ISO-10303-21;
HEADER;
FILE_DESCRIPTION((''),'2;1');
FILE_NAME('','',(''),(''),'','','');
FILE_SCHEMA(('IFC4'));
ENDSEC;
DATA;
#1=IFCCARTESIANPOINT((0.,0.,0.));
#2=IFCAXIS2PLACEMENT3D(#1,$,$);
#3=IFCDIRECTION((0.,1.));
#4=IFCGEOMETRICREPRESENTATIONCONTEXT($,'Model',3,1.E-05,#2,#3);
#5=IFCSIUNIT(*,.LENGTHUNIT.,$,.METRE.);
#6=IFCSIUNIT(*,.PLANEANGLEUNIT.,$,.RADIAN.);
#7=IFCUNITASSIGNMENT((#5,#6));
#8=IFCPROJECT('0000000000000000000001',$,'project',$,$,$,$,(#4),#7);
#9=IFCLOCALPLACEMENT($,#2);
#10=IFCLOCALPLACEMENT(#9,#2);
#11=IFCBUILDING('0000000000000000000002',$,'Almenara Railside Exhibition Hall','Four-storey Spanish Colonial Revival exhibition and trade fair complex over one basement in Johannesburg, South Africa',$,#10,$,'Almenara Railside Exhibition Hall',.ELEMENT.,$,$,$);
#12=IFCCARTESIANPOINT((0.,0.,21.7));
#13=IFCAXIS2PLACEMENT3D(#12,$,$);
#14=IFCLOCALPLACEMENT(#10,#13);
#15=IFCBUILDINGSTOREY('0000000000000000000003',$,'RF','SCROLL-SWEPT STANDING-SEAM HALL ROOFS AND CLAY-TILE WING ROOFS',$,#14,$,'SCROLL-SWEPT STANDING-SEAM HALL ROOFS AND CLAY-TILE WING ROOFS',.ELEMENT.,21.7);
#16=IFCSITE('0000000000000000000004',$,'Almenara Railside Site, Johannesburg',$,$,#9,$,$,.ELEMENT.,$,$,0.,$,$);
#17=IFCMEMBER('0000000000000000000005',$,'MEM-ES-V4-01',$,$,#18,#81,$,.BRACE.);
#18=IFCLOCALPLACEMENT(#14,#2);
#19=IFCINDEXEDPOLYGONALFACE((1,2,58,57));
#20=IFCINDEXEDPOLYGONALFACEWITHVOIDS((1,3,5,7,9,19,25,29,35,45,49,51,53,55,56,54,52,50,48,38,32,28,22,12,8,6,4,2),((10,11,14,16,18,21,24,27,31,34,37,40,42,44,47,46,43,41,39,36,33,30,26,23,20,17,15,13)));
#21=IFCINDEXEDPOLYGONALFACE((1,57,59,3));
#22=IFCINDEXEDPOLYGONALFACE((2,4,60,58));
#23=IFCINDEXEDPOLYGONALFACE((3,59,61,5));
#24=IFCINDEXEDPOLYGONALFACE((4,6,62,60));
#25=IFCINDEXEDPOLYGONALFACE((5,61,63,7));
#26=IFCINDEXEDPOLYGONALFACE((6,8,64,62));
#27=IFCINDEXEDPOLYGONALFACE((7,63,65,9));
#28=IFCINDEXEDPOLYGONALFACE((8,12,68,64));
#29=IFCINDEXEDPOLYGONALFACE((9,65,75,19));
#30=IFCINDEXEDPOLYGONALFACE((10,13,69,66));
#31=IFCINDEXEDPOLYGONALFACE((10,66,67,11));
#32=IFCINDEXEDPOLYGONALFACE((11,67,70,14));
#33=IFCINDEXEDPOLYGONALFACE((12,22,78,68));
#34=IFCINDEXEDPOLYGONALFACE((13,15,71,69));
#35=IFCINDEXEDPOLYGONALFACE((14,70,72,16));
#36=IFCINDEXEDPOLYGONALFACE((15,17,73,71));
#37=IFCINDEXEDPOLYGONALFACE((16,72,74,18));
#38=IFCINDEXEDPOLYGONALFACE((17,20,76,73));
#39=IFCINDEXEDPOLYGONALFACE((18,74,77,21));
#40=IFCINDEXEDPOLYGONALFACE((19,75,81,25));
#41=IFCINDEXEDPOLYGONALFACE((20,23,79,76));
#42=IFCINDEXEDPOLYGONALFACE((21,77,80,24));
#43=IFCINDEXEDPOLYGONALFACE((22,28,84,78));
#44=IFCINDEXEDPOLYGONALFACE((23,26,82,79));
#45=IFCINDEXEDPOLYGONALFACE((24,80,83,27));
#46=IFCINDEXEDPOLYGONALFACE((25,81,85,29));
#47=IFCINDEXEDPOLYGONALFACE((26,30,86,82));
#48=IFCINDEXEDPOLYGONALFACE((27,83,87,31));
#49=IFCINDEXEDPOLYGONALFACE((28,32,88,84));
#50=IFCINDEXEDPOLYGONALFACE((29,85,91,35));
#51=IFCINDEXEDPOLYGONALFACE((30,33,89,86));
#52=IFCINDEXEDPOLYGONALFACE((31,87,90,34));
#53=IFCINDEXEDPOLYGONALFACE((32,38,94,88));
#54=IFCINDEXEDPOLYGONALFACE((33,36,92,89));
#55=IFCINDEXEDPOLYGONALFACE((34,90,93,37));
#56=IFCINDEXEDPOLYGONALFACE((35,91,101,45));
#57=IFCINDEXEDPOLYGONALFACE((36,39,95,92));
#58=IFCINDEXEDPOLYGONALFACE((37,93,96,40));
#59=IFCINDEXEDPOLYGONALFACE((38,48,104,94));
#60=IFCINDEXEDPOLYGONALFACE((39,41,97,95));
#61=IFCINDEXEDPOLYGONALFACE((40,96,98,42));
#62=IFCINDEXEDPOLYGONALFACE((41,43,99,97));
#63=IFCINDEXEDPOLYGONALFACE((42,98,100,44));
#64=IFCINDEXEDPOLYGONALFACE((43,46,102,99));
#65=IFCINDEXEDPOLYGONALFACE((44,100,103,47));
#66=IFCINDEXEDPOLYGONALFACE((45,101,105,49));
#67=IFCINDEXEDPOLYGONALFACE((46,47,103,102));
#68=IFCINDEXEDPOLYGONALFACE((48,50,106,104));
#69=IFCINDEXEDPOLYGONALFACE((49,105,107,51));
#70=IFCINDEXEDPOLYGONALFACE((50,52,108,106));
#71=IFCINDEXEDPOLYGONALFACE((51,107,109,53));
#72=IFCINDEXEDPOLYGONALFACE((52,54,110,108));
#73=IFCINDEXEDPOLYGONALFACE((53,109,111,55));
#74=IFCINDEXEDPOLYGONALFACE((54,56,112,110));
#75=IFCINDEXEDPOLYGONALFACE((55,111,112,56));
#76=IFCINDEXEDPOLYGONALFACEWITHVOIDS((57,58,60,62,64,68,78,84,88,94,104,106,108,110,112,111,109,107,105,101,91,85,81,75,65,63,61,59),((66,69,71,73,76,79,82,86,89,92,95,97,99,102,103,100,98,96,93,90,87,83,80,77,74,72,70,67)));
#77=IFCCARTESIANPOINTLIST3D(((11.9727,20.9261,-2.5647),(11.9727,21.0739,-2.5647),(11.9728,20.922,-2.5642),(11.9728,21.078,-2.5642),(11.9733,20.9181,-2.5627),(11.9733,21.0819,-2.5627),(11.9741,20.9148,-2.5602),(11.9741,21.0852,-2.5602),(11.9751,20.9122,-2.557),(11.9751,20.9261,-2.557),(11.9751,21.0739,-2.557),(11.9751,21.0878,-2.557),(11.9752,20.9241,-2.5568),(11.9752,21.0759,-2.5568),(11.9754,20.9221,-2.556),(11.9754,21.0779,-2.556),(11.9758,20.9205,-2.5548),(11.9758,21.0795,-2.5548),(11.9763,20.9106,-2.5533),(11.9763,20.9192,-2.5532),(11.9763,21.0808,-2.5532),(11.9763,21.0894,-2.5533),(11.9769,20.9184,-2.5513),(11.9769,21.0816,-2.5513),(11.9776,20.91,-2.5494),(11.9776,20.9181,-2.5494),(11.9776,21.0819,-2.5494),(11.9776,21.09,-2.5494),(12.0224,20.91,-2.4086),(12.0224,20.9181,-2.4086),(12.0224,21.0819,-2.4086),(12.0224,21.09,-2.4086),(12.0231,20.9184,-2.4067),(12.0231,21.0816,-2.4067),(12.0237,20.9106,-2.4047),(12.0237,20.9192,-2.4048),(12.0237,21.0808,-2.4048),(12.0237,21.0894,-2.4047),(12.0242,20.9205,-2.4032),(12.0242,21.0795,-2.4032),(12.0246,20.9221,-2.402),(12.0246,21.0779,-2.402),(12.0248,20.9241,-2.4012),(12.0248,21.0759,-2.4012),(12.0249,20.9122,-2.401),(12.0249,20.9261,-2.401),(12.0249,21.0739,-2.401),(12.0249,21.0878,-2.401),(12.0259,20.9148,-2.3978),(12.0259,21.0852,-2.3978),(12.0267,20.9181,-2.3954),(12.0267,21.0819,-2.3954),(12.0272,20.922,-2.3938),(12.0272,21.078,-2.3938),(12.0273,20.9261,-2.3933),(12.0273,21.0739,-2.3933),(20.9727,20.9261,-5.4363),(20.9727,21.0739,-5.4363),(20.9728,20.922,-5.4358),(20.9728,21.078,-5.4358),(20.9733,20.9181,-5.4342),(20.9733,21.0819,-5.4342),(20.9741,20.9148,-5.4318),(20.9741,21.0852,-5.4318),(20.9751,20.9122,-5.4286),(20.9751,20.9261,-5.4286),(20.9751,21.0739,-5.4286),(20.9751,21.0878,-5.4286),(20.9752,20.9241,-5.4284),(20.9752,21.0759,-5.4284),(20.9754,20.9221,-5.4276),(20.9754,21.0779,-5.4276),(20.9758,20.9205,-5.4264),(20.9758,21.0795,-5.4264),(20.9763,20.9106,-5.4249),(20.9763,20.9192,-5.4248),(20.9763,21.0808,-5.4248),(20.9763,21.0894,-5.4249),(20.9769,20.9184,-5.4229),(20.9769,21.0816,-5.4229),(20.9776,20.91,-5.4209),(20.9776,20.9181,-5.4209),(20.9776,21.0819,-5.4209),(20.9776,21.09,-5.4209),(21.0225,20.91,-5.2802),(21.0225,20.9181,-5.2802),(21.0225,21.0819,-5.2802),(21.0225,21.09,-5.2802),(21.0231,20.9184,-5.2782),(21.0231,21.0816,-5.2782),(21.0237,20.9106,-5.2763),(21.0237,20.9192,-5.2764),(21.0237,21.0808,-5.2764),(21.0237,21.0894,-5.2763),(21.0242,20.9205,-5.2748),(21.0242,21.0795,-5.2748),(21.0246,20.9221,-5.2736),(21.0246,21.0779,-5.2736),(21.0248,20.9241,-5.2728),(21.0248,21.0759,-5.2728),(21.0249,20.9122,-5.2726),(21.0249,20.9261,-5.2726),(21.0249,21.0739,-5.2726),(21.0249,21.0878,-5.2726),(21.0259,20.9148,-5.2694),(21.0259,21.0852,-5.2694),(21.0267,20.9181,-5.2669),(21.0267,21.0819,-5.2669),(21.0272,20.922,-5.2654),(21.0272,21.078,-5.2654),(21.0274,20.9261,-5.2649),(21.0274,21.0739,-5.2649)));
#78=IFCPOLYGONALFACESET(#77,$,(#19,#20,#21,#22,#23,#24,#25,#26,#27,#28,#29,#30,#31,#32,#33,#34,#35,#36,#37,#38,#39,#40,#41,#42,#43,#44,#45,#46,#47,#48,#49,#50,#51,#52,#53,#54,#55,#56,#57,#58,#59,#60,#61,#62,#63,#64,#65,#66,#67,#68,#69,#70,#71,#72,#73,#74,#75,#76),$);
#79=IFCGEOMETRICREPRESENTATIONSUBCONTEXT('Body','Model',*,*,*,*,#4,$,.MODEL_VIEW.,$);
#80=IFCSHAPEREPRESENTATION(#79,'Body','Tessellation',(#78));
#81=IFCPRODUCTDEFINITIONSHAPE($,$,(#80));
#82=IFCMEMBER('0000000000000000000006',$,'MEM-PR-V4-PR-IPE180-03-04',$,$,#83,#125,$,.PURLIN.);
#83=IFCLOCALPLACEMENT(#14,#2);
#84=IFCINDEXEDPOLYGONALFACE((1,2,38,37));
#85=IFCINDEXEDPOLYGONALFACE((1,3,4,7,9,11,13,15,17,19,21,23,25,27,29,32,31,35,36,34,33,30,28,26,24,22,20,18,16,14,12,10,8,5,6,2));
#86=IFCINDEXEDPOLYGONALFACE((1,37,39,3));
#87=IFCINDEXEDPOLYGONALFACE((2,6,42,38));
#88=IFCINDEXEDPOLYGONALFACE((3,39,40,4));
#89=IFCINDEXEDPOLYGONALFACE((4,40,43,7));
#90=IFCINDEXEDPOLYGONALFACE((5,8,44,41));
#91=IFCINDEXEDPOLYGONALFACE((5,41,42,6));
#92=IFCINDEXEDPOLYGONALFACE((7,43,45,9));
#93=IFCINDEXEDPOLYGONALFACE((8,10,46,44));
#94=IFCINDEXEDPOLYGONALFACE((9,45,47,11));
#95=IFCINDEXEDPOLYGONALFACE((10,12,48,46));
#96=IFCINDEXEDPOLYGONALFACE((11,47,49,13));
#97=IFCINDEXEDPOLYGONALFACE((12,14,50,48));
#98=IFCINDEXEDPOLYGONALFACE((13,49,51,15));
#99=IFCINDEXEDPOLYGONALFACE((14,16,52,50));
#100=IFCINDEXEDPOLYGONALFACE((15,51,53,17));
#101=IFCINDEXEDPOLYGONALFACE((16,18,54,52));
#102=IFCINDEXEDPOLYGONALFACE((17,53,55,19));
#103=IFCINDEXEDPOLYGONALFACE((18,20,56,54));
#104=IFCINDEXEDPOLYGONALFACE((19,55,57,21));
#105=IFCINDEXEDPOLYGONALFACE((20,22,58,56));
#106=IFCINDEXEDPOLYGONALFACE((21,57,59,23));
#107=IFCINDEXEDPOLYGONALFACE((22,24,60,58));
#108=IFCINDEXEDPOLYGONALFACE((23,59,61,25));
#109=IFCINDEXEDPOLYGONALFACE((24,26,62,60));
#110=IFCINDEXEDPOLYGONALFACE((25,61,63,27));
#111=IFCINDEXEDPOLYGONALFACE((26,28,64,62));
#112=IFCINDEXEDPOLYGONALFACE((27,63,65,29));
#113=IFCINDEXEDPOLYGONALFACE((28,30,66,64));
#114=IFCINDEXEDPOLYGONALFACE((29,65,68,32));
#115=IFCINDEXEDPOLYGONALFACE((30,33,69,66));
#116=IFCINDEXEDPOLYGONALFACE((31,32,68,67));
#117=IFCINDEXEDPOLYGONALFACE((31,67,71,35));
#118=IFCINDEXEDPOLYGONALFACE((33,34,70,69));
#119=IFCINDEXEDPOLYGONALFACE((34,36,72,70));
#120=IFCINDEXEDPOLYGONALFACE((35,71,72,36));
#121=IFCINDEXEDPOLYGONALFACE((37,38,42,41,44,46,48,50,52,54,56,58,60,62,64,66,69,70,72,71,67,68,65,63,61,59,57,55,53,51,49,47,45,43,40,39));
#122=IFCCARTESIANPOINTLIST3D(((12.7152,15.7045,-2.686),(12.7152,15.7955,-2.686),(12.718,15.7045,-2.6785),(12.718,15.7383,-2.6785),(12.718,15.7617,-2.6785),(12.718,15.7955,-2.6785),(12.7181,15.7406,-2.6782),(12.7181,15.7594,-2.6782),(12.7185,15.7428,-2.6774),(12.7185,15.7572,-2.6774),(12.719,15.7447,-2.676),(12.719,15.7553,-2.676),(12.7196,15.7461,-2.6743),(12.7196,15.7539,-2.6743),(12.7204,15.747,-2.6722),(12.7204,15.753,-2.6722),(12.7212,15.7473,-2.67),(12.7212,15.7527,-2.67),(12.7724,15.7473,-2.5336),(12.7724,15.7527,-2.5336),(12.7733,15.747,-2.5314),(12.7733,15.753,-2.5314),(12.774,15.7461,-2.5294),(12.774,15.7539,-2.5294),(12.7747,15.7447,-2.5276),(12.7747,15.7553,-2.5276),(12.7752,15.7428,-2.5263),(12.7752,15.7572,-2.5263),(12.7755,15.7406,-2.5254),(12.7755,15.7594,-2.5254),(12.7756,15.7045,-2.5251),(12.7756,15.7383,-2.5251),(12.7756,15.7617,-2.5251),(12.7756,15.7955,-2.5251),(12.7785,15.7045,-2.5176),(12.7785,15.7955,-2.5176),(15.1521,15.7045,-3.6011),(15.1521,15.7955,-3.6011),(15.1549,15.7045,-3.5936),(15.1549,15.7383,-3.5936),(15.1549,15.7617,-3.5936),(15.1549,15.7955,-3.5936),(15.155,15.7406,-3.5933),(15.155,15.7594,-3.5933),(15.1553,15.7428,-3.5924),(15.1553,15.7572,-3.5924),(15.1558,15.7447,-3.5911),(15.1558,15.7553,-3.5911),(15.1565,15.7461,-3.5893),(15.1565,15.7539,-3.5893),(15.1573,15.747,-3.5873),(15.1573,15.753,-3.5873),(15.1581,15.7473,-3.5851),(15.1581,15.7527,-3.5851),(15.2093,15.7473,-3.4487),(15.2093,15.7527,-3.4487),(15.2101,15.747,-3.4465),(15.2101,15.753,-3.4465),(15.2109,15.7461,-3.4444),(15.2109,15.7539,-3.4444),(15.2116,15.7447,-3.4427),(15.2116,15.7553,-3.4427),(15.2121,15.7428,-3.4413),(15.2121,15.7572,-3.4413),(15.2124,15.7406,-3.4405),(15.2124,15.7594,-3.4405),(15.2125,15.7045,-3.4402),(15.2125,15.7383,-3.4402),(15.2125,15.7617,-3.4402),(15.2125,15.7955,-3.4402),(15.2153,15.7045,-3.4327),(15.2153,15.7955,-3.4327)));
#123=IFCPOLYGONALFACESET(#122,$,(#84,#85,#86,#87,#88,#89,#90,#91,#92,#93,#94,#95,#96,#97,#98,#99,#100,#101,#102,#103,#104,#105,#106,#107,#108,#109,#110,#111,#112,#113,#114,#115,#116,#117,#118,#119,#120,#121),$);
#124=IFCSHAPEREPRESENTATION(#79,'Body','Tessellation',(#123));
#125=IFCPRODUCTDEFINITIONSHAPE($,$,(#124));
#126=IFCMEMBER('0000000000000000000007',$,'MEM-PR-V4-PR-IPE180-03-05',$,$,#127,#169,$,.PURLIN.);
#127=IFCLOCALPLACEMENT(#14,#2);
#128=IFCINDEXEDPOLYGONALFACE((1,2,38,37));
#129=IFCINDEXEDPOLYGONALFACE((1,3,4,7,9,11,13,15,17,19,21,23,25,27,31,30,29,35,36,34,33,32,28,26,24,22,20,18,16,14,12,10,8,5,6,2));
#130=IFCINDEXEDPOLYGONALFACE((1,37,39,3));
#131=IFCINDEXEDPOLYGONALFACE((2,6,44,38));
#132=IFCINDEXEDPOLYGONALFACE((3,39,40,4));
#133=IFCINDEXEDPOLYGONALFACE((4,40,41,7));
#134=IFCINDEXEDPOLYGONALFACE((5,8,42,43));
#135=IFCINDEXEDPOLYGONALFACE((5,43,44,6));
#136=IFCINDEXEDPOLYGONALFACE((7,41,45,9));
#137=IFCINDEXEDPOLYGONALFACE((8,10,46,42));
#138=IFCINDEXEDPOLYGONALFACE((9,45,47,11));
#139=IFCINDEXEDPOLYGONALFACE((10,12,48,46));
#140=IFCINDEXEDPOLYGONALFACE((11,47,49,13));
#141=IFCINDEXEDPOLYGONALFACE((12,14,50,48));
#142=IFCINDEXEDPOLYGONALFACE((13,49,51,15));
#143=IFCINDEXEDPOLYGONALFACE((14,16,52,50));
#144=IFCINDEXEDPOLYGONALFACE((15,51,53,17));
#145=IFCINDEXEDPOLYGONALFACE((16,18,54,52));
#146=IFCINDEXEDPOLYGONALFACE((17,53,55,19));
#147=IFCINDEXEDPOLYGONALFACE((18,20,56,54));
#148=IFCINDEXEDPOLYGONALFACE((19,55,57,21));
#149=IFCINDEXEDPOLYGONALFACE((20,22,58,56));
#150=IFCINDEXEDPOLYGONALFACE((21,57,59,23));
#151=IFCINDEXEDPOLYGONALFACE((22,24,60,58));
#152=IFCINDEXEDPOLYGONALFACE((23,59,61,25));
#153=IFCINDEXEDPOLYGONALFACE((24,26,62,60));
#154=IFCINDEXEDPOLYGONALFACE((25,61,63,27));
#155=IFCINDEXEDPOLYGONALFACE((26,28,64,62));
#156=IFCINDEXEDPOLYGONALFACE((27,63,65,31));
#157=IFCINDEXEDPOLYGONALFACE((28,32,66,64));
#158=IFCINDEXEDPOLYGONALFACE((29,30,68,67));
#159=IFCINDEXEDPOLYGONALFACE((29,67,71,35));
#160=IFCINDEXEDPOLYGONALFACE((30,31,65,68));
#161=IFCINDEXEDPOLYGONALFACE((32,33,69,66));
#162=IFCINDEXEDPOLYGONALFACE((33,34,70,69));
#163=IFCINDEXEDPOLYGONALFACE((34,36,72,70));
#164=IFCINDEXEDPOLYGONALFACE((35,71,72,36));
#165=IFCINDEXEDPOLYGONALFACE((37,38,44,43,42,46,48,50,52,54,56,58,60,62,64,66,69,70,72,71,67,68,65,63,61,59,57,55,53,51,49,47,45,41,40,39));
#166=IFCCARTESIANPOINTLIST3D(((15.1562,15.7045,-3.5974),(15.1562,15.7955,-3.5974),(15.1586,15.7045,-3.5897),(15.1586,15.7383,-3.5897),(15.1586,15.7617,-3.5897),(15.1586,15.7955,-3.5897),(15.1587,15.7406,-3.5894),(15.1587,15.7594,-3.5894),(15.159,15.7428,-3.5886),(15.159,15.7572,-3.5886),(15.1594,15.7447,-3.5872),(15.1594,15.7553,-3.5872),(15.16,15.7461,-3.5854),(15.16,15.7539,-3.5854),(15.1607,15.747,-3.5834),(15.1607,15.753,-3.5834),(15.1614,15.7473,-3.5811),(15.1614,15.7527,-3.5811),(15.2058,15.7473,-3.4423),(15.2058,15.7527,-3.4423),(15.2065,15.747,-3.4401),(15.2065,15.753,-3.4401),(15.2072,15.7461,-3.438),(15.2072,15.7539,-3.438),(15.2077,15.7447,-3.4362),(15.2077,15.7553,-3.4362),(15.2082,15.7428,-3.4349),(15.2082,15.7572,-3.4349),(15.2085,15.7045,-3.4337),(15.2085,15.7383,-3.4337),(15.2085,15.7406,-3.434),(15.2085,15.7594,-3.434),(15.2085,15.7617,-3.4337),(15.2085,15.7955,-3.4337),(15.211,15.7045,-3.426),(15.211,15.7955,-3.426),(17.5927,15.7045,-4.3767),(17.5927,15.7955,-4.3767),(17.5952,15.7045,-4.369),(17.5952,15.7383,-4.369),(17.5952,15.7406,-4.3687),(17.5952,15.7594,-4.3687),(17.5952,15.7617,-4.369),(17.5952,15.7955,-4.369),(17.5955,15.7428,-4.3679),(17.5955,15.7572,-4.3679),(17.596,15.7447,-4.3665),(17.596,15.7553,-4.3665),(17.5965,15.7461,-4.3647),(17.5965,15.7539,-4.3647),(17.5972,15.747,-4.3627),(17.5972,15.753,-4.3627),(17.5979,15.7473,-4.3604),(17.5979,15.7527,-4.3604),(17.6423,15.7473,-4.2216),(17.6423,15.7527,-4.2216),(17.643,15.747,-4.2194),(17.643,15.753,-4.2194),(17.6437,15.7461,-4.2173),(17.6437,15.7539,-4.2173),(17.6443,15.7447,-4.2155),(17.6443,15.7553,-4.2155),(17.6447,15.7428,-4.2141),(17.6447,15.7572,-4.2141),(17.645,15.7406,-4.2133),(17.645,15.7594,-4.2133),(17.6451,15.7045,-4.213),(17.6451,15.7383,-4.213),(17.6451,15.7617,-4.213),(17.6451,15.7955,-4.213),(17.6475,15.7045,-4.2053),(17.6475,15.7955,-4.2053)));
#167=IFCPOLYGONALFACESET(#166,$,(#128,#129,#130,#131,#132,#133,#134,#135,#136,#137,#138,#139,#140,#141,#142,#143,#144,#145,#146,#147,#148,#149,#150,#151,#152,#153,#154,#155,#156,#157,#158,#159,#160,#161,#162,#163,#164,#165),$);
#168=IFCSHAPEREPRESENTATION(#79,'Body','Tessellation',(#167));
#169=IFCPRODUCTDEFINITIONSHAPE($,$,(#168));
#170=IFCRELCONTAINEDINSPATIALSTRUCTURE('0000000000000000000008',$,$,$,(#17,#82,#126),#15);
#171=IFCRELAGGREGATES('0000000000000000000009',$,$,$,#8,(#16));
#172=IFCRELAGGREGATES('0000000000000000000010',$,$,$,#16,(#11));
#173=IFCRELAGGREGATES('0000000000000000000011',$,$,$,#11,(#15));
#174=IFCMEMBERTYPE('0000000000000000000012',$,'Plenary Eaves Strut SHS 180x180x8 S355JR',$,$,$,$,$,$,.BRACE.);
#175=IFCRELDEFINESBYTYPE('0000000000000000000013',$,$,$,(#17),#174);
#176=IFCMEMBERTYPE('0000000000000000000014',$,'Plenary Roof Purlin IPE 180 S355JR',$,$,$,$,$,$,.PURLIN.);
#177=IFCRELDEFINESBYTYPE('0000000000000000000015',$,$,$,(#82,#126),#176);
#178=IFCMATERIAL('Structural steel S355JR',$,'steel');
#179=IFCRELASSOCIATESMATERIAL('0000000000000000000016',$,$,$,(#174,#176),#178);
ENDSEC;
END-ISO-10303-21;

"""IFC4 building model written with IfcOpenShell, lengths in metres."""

from ifc_helpers import new_model, si_unit, direction, frame, origin, origin_2d, place, context, subcontext, project, spatial, hollow_rectangle, i_section, extrude, material, material_profile, profile_set, type_object, element, save


model = new_model("IFC4")

# Units and contexts
model_context = context("Model", 3, precision=1e-05, world=origin(), true_north=direction((0.0, 1.0)))
body_context = subcontext(model_context, "Body", "Model", "MODEL_VIEW")
ifc_project = project(units=[si_unit("LENGTHUNIT", "METRE"), si_unit("PLANEANGLEUNIT", "RADIAN")], contexts=[model_context])

# Site, building, storey
site_placement = place(None, origin())
site = spatial("IfcSite", under=ifc_project, at=site_placement, Name="Almenara Railside Site, Johannesburg", CompositionType="ELEMENT", RefElevation=0.0)
building_placement = place(site_placement, origin())
building = spatial("IfcBuilding", under=site, at=building_placement, Name="Almenara Railside Exhibition Hall", Description="Four-storey Spanish Colonial Revival exhibition and trade fair complex over one basement in Johannesburg, South Africa", LongName="Almenara Railside Exhibition Hall", CompositionType="ELEMENT")
storey_placement = place(building_placement, frame((0.0, 0.0, 21.7)))
storey = spatial("IfcBuildingStorey", under=building, at=storey_placement, Name="RF", Description="SCROLL-SWEPT STANDING-SEAM HALL ROOFS AND CLAY-TILE WING ROOFS", LongName="SCROLL-SWEPT STANDING-SEAM HALL ROOFS AND CLAY-TILE WING ROOFS", CompositionType="ELEMENT", Elevation=21.7)

# Members
ifc_material_1 = material(Name="Structural steel S355JR", Category="steel")
ifc_material_profile_1 = material_profile(ifc_material_1, hollow_rectangle(XDim=0.1799, YDim=0.1799, WallThickness=0.0081, InnerFilletRadius=0.0081, OuterFilletRadius=0.0161, at=origin_2d()), Name="SHS 180x180x8")
ifc_profile_set_1 = profile_set([ifc_material_profile_1], Name="Structural steel S355JR")
member_type_1 = type_object("IfcMemberType", Name="Plenary Eaves Strut SHS 180x180x8 S355JR", PredefinedType="BRACE", material=ifc_profile_set_1)
member_1_placement = place(storey_placement, frame((12.0, 21.0, -2.479), z_axis=(0.952682, 0.0, -0.303967), x_axis=(0.0, 1.0, 0.0)))
element("IfcMember", 1, at=member_1_placement, inside=storey, type_object=member_type_1, Name="MEM-ES-V4-01", PredefinedType="BRACE", context=body_context, shape_type="SweptSolid", body=[
    extrude(hollow_rectangle(XDim=0.1799, YDim=0.1799, WallThickness=0.0081, InnerFilletRadius=0.0081, OuterFilletRadius=0.0161, at=origin_2d()), origin(), (0.0, 0.0, 1.0), 9.447),
])
ifc_material_profile_2 = material_profile(ifc_material_1, i_section(OverallWidth=0.0911, OverallDepth=0.1799, WebThickness=0.0054, FlangeThickness=0.0081, FilletRadius=0.009, at=origin_2d()), Name="IPE 180")
ifc_profile_set_2 = profile_set([ifc_material_profile_2], Name="Structural steel S355JR")
member_type_2 = type_object("IfcMemberType", Name="Plenary Roof Purlin IPE 180 S355JR", PredefinedType="PURLIN", material=ifc_profile_set_2)
member_2_placement = place(storey_placement, frame((12.7468, 15.75, -2.6018), z_axis=(0.936171, 0.0, -0.351545), x_axis=(0.0, 1.0, 0.0)))
element("IfcMember", 2, at=member_2_placement, inside=storey, type_object=member_type_2, Name="MEM-PR-V4-PR-IPE180-03-04", PredefinedType="PURLIN", context=body_context, shape_type="SweptSolid", body=[
    extrude(i_section(OverallWidth=0.0911, OverallDepth=0.1799, WebThickness=0.0054, FlangeThickness=0.0081, FilletRadius=0.009, at=origin_2d()), origin(), (0.0, 0.0, 1.0), 2.603),
])
member_3_placement = place(storey_placement, frame((15.1836, 15.75, -3.5117), z_axis=(0.952468, 0.0, -0.304637), x_axis=(0.0, 1.0, 0.0)))
element("IfcMember", 3, at=member_3_placement, inside=storey, type_object=member_type_2, Name="MEM-PR-V4-PR-IPE180-03-05", PredefinedType="PURLIN", context=body_context, shape_type="SweptSolid", body=[
    extrude(i_section(OverallWidth=0.0911, OverallDepth=0.1799, WebThickness=0.0054, FlangeThickness=0.0081, FilletRadius=0.009, at=origin_2d()), origin(), (0.0, 0.0, 1.0), 2.5581),
])

save(model, "model.ifc")
